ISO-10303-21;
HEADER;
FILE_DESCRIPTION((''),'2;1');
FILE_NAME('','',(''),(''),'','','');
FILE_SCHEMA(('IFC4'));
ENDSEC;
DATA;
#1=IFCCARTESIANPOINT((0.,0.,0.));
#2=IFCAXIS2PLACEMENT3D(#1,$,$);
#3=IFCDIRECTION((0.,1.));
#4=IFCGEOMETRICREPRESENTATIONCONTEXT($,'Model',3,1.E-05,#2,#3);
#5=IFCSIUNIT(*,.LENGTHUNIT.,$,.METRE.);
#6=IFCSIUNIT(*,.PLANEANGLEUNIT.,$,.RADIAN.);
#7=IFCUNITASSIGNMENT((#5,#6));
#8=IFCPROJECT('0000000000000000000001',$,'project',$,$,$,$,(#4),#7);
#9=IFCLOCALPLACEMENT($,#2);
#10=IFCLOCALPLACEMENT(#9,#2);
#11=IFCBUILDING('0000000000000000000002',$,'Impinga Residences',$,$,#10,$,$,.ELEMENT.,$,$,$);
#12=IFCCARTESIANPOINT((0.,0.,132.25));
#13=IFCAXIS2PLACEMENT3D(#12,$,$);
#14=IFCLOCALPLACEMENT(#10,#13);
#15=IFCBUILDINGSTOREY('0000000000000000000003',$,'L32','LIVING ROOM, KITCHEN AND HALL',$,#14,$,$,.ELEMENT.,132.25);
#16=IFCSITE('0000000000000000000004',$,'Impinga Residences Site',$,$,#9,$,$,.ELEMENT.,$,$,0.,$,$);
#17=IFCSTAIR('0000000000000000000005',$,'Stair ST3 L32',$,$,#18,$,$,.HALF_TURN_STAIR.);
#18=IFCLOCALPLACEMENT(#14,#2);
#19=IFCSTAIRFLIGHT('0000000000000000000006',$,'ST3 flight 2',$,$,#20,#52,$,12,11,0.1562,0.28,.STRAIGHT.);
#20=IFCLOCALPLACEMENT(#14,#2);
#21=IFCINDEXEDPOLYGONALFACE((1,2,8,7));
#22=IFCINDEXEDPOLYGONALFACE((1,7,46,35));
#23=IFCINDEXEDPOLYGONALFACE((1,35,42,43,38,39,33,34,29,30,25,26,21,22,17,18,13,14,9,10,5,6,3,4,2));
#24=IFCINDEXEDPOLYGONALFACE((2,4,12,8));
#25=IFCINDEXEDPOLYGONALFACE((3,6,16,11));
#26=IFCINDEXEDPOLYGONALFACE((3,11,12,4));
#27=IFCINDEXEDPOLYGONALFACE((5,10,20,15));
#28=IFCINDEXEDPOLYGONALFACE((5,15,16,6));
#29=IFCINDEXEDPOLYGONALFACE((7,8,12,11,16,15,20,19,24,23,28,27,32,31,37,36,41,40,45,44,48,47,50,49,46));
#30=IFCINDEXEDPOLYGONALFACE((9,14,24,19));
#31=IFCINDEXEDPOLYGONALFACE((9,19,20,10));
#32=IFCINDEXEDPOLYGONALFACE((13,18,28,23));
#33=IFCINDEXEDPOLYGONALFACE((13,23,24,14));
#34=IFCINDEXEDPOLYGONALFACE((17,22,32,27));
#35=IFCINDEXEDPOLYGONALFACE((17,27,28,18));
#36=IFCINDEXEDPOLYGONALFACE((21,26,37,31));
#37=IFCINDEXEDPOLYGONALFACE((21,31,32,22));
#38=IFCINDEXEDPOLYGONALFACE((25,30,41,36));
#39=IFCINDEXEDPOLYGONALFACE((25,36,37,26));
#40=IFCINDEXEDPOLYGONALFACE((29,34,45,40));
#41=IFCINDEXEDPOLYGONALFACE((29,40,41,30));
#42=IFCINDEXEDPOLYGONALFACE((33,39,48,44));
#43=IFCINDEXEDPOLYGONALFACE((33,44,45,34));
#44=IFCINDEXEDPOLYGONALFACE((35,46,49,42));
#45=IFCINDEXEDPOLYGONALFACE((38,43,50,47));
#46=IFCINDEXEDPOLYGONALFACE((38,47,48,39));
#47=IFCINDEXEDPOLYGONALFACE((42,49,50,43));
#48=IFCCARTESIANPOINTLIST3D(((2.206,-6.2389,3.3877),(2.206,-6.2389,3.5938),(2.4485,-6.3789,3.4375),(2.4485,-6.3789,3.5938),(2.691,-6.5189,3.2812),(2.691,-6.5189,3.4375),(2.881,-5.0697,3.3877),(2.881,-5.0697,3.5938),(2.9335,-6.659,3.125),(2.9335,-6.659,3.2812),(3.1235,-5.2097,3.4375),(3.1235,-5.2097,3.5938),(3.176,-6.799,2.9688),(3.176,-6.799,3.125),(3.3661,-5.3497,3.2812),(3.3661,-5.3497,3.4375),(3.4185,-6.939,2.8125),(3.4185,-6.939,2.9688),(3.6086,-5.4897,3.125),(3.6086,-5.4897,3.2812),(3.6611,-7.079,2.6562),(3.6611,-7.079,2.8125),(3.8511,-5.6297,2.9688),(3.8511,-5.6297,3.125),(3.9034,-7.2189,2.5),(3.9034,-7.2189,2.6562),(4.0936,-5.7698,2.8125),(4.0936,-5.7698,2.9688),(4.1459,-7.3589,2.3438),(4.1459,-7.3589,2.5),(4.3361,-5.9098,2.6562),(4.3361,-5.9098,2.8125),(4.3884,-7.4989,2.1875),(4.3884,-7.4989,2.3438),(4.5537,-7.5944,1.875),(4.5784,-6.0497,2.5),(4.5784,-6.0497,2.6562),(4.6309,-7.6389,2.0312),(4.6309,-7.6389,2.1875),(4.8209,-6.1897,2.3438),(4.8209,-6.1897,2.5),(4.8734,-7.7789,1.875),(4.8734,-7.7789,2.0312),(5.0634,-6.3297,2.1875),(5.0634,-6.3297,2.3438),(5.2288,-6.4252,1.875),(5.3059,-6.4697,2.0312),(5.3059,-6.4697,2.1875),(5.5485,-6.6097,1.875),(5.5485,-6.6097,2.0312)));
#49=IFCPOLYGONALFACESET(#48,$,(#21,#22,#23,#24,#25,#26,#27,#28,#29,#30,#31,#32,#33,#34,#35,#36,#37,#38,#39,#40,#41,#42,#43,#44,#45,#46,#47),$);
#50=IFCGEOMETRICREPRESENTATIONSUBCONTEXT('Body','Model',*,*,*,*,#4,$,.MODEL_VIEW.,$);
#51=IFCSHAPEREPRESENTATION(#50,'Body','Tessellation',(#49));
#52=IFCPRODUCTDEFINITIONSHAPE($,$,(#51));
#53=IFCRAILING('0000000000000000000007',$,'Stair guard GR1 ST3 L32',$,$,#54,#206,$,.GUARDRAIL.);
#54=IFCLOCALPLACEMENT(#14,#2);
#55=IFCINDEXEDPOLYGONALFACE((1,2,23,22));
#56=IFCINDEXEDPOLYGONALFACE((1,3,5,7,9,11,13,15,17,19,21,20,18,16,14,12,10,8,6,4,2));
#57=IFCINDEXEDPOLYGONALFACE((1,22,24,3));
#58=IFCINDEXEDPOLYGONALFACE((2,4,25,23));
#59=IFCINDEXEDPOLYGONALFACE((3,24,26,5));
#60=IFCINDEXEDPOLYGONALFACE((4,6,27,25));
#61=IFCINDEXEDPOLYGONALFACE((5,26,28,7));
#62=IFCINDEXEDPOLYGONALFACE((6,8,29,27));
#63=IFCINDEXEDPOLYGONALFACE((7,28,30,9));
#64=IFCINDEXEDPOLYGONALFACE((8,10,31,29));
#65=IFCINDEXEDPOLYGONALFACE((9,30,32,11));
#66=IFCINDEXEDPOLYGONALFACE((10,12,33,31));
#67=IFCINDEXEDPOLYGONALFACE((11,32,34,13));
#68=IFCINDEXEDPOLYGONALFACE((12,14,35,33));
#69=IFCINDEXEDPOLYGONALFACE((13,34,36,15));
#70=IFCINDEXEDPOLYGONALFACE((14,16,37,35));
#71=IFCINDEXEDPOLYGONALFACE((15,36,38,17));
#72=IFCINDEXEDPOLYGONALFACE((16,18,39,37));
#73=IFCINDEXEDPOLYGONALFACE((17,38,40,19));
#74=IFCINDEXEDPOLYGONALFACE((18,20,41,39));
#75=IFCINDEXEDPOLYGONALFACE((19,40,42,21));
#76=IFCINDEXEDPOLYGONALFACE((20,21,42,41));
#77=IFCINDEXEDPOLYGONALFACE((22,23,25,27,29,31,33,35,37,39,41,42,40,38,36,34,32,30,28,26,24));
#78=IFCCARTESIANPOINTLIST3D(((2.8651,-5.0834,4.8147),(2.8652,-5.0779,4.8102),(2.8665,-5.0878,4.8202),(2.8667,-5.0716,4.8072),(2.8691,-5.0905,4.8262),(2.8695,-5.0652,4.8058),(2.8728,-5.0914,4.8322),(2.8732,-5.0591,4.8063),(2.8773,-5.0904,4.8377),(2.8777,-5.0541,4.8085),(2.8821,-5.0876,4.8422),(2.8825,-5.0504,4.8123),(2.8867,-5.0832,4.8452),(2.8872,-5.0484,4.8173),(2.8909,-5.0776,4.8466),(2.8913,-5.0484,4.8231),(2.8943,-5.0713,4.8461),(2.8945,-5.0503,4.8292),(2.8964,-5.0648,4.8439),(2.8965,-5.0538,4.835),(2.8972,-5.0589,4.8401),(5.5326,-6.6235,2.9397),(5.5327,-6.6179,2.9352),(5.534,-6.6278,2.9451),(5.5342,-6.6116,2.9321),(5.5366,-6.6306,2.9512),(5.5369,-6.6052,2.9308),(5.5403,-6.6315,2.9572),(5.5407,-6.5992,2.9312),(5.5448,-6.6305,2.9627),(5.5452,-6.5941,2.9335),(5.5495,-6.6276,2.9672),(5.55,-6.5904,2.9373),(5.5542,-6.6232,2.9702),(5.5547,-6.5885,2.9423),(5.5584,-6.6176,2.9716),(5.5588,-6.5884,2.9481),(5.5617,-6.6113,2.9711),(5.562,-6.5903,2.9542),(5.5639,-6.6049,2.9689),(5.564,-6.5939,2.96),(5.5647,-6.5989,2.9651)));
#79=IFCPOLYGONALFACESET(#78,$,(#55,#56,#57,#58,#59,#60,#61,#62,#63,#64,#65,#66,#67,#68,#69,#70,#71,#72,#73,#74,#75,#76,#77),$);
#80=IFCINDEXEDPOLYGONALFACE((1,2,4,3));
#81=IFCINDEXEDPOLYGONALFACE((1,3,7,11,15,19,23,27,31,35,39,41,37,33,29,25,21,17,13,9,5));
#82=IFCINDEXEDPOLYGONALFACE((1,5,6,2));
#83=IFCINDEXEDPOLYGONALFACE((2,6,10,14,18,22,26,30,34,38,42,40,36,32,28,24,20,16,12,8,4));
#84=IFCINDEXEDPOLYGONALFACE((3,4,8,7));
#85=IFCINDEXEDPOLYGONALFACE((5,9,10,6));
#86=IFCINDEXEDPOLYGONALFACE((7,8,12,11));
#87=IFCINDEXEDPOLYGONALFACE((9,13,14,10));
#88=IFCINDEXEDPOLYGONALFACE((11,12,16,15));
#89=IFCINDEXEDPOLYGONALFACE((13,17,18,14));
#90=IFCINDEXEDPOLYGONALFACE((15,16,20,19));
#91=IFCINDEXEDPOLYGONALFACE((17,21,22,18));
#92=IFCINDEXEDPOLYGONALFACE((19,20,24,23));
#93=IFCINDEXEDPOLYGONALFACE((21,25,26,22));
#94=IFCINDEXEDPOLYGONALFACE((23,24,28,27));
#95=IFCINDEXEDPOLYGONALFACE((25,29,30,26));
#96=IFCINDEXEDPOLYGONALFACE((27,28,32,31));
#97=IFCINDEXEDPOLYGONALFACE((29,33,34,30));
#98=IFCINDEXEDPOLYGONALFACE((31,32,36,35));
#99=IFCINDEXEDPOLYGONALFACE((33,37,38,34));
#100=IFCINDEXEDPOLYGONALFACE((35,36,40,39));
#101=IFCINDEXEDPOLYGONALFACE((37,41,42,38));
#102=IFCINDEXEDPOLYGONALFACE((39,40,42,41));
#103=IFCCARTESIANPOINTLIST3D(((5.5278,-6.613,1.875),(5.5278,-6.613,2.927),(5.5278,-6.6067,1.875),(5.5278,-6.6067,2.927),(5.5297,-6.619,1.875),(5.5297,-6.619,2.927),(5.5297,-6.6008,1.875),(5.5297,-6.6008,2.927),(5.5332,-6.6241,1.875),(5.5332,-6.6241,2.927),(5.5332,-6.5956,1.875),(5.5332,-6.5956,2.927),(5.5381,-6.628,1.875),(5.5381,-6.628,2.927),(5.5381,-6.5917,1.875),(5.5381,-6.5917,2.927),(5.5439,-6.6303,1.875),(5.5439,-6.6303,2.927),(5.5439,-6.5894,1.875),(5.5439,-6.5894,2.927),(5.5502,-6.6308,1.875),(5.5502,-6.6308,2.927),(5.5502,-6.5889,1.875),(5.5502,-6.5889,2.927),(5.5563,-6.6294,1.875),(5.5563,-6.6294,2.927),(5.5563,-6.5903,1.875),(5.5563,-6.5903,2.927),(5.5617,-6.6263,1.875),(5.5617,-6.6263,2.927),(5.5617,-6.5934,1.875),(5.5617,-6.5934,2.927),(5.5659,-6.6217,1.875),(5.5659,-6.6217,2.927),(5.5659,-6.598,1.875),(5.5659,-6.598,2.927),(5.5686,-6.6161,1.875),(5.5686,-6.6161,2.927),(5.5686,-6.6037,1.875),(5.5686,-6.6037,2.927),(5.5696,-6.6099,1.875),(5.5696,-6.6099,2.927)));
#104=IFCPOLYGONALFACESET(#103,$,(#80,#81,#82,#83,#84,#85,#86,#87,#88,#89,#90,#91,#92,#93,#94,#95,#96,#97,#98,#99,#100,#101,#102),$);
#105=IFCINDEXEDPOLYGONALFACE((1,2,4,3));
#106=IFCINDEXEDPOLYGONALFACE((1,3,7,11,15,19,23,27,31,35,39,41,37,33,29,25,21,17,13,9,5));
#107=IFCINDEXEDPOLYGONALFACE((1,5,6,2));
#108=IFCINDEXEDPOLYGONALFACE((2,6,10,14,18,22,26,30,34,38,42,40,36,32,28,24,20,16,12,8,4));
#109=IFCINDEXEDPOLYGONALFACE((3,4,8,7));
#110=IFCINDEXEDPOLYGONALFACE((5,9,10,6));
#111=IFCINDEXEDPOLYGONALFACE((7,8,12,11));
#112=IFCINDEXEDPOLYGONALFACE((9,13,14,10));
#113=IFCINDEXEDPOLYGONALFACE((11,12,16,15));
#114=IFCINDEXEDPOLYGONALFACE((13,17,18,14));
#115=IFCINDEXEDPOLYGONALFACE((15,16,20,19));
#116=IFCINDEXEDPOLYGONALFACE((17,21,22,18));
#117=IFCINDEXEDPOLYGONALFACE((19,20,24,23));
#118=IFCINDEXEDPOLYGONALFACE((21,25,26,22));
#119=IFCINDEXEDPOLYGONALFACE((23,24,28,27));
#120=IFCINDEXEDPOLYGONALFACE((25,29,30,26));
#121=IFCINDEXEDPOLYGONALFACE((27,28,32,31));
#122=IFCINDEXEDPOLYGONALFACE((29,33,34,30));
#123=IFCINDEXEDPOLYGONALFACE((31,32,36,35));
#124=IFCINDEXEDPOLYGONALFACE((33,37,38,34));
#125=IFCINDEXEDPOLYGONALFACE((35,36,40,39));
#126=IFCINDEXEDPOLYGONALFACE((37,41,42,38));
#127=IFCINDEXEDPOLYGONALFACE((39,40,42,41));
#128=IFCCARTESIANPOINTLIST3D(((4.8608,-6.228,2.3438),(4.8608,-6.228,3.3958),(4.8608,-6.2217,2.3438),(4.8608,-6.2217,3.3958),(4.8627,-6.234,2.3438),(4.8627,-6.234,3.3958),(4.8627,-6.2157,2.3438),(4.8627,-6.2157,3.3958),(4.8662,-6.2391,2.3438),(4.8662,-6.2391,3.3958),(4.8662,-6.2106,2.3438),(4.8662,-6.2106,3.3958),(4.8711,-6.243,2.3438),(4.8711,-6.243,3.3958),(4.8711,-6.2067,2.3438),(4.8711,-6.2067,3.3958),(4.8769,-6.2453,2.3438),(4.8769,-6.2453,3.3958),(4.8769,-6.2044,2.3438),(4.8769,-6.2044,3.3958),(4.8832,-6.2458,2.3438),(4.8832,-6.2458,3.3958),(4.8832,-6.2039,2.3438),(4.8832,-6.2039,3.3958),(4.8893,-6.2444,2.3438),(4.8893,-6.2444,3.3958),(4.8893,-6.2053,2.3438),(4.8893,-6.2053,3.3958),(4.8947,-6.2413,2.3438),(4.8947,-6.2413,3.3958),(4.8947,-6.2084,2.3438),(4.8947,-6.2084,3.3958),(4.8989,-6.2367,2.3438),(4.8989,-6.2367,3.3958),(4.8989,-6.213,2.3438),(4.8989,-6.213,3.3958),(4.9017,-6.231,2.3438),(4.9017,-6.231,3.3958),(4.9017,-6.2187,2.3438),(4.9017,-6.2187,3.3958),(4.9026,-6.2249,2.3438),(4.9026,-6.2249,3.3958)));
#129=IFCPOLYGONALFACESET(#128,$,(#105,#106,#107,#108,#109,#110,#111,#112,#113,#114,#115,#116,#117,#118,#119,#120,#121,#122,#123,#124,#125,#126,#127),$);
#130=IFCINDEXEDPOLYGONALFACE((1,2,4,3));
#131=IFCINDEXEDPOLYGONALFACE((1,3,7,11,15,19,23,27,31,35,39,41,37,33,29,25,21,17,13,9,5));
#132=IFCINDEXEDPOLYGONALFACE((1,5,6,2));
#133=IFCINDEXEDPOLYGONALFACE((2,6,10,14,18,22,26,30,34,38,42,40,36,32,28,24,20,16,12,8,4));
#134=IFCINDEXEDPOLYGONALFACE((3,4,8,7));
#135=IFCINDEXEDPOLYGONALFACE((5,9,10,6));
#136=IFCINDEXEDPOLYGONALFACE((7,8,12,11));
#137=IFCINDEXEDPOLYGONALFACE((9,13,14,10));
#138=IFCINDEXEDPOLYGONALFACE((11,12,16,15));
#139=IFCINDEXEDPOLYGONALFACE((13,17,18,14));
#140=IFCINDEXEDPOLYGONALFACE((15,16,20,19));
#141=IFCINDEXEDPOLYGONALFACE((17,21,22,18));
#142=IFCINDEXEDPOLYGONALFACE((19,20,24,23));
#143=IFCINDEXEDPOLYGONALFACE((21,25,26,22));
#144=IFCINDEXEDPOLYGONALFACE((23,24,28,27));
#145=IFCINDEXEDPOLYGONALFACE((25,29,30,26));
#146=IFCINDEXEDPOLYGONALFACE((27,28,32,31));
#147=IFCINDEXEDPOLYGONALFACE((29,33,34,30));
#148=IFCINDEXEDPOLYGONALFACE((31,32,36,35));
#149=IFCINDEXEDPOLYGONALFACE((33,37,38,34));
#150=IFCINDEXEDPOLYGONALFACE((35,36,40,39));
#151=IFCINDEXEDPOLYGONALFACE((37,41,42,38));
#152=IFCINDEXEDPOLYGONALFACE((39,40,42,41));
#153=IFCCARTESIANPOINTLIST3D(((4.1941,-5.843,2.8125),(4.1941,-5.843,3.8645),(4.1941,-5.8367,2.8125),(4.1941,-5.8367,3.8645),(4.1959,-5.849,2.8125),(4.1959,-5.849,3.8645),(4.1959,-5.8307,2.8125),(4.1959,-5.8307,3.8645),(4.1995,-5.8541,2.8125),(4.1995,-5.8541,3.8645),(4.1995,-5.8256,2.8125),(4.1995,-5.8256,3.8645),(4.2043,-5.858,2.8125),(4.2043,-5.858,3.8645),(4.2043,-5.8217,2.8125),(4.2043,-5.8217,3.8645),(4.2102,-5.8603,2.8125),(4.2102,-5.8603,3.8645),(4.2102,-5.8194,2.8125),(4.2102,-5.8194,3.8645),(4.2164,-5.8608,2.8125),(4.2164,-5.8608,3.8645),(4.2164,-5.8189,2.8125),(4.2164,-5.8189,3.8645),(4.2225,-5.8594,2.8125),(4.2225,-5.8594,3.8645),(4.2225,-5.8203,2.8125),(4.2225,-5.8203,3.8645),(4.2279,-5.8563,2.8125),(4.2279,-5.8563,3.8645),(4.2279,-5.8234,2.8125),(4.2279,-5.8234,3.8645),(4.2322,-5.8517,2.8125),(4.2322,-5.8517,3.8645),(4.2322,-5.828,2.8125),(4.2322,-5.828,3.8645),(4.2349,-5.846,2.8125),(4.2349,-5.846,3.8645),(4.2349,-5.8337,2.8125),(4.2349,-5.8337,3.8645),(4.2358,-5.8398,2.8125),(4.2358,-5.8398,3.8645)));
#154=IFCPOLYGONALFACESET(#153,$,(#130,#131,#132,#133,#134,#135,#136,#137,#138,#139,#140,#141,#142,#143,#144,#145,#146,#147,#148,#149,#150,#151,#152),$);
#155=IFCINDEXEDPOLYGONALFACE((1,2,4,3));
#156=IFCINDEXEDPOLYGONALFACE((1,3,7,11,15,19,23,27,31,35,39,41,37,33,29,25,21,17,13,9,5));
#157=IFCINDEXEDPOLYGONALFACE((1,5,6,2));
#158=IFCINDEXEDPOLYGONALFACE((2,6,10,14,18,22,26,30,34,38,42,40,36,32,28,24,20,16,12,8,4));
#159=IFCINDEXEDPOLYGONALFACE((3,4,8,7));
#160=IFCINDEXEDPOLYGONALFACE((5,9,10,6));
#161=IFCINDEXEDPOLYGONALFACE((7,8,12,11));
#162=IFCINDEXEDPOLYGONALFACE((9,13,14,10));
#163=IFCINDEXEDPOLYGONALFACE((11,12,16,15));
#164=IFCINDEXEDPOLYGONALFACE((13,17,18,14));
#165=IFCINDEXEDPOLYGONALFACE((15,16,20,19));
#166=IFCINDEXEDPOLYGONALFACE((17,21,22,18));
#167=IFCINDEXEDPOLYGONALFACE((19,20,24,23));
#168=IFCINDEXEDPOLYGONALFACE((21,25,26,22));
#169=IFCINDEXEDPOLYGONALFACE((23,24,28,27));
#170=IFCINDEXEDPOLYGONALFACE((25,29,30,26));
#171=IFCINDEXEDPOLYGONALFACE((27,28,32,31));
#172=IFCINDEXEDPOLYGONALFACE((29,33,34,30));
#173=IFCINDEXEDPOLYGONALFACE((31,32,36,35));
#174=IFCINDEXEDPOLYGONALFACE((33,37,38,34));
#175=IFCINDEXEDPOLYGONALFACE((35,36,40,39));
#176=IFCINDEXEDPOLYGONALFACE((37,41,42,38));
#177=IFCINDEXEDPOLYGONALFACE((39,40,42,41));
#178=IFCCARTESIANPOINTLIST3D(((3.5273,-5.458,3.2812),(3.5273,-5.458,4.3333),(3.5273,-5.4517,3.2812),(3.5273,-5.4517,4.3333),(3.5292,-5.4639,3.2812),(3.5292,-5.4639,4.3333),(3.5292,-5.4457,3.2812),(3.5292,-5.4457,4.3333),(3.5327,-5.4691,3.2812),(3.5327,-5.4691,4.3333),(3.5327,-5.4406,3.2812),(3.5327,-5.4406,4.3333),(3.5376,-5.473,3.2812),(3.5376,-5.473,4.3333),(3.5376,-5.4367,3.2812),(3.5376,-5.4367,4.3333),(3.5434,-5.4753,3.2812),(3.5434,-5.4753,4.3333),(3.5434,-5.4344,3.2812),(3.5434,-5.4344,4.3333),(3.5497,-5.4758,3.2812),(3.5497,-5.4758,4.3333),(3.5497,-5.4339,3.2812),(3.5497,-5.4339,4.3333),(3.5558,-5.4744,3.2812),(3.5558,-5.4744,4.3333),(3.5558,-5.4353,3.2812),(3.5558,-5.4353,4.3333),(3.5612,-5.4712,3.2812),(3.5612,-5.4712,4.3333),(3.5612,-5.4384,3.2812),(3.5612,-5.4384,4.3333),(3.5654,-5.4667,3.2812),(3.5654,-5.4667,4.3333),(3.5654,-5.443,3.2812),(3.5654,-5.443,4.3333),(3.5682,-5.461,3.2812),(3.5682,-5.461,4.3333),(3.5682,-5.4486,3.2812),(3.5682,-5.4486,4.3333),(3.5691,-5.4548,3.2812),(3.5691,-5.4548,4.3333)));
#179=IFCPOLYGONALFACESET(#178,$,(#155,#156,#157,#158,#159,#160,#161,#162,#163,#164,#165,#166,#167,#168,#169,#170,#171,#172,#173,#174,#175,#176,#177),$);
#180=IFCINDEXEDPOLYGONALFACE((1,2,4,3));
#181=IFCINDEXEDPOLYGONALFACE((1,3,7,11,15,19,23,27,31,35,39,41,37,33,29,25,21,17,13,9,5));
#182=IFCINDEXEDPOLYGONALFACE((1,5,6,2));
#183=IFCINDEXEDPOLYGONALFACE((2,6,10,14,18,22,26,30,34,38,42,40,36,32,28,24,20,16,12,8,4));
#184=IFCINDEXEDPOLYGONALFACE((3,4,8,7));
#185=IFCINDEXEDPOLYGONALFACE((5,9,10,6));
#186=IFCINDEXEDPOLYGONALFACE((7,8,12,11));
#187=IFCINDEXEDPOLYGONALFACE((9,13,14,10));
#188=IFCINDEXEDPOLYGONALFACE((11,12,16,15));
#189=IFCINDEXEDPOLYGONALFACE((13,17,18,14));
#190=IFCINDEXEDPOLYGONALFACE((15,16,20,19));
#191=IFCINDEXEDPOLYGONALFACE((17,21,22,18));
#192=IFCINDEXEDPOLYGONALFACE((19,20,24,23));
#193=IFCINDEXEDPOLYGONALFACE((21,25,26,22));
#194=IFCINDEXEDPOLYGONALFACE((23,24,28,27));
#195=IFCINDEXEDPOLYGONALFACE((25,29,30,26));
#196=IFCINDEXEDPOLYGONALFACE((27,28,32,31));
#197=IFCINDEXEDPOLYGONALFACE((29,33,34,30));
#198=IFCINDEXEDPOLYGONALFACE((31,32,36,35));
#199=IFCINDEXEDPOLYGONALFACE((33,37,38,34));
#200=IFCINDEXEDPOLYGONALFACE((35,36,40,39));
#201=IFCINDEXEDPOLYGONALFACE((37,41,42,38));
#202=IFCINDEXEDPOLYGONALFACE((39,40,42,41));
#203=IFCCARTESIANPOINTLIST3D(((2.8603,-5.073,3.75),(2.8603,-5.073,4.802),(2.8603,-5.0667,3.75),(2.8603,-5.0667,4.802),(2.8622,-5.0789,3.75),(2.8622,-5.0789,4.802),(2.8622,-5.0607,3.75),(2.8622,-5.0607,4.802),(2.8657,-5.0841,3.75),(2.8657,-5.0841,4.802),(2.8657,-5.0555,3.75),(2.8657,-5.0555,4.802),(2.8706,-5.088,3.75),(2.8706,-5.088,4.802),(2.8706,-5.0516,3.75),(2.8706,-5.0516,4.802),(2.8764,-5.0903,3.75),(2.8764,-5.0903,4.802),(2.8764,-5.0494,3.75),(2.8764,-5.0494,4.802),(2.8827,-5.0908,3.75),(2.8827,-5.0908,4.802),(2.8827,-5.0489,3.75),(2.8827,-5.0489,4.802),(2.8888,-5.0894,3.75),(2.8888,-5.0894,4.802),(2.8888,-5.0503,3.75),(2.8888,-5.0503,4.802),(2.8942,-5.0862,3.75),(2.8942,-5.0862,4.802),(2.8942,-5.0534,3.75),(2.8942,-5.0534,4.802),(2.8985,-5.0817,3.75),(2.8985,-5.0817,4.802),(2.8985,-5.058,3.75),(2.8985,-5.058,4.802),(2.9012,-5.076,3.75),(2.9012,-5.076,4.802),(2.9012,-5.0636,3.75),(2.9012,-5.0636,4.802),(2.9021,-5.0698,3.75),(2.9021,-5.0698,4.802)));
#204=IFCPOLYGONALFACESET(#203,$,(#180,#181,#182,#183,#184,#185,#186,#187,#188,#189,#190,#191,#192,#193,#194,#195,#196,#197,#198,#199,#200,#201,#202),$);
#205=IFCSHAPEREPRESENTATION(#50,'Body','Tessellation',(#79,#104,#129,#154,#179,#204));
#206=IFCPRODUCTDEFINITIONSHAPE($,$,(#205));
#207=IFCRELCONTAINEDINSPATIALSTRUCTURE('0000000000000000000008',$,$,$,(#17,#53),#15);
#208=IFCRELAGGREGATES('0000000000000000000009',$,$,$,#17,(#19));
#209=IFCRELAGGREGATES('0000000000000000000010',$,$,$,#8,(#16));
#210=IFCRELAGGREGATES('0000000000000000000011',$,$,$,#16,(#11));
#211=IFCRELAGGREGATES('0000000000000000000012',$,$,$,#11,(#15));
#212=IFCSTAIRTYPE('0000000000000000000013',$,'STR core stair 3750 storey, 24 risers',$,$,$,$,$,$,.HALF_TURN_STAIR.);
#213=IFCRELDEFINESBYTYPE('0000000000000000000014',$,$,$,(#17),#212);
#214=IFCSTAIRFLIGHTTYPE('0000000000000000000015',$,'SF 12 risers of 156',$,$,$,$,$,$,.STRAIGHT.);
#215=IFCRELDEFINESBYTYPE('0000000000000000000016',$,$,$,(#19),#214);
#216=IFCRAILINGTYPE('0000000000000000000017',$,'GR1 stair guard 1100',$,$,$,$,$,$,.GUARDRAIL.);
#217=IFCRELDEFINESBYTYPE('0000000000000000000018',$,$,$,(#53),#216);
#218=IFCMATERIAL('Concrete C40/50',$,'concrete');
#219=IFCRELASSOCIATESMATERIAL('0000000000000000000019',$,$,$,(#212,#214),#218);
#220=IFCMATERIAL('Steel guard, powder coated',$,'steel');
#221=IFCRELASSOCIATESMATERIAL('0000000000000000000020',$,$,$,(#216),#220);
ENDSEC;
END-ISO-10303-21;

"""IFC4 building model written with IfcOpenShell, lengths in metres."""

from ifc_helpers import new_model, si_unit, direction, frame, origin, origin_2d, place, context, subcontext, project, spatial, polyline, circle, outline, extrude, material, type_object, element, aggregate, save


model = new_model("IFC4")

# Units and contexts
model_context = context("Model", 3, precision=1e-05, world=origin(), true_north=direction((0.0, 1.0)))
body_context = subcontext(model_context, "Body", "Model", "MODEL_VIEW")
ifc_project = project(units=[si_unit("LENGTHUNIT", "METRE"), si_unit("PLANEANGLEUNIT", "RADIAN")], contexts=[model_context])

# Site, building, storey
site_placement = place(None, origin())
site = spatial("IfcSite", under=ifc_project, at=site_placement, Name="Impinga Residences Site", CompositionType="ELEMENT", RefElevation=0.0)
building_placement = place(site_placement, origin())
building = spatial("IfcBuilding", under=site, at=building_placement, Name="Impinga Residences", CompositionType="ELEMENT")
storey_placement = place(building_placement, frame((0.0, 0.0, 132.25)))
storey = spatial("IfcBuildingStorey", under=building, at=storey_placement, Name="L32", Description="LIVING ROOM, KITCHEN AND HALL", CompositionType="ELEMENT", Elevation=132.25)

# Stair, stair flight
ifc_material_1 = material(Name="Concrete C40/50", Category="concrete")
stair_type = type_object("IfcStairType", Name="STR core stair 3750 storey, 24 risers", PredefinedType="HALF_TURN_STAIR", material=ifc_material_1)
stair_placement = place(storey_placement, origin())
stair = element("IfcStair", 1, at=stair_placement, inside=storey, type_object=stair_type, Name="Stair ST3 L32", PredefinedType="HALF_TURN_STAIR")
stair_flight_type = type_object("IfcStairFlightType", Name="SF 12 risers of 156", PredefinedType="STRAIGHT", material=ifc_material_1)
stair_flight_1_placement = place(storey_placement, frame((5.2109, -7.1943, 1.875), z_axis=(0.0, 0.0, 1.0), x_axis=(-0.866025, 0.5, 0.0)))
stair_flight_1 = element("IfcStairFlight", 2, at=stair_flight_1_placement, type_object=stair_flight_type, Name="ST3 flight 2", NumberOfRisers=12, NumberOfTreads=11, PredefinedType="STRAIGHT", RiserHeight=0.1562, TreadLength=0.28, context=body_context, shape_type="SweptSolid", body=[
    extrude(outline(polyline([(0.0, 0.0), (0.0, 0.1562), (0.28, 0.1562), (0.28, 0.3125), (0.5601, 0.3125), (0.5601, 0.4688), (0.8401, 0.4688), (0.8401, 0.625), (1.1201, 0.625), (1.1201, 0.7812), (1.3999, 0.7812), (1.3999, 0.9375), (1.6799, 0.9375), (1.6799, 1.0938), (1.96, 1.0938), (1.96, 1.25), (2.24, 1.25), (2.24, 1.4062), (2.52, 1.4062), (2.52, 1.5625), (2.8, 1.5625), (2.8, 1.7188), (3.0801, 1.7188), (3.0801, 1.875), (3.0801, 1.5127), (0.3691, 0.0), (0.0, 0.0)])), frame((0.0, 0.675, 0.0), z_axis=(0.0, -1.0, 0.0), x_axis=(1.0, 0.0, 0.0)), (0.0, 0.0, 1.0), 1.3501),
])
aggregate(stair, [stair_flight_1])

# Railing
ifc_material_2 = material(Name="Steel guard, powder coated", Category="steel")
railing_type_1 = type_object("IfcRailingType", Name="GR1 stair guard 1100", PredefinedType="GUARDRAIL", material=ifc_material_2)
railing_1_placement = place(storey_placement, frame((5.5486, -6.6099, 1.875)))
element("IfcRailing", 3, at=railing_1_placement, inside=storey, type_object=railing_type_1, Name="Stair guard GR1 ST3 L32", PredefinedType="GUARDRAIL", context=body_context, shape_type="SweptSolid", body=[
    extrude(circle(Radius=0.0239, at=origin_2d()), frame((0.0, 0.0, 1.0762), z_axis=(-0.739746, 0.427084, 0.519975), x_axis=(-0.499992, -0.86603, 0.0)), (0.0, 0.0, 1.0), 3.606),
    extrude(circle(Radius=0.021, at=origin_2d()), origin(), (0.0, 0.0, 1.0), 1.052),
    extrude(circle(Radius=0.021, at=origin_2d()), frame((-0.667, 0.385, 0.4688)), (0.0, 0.0, 1.0), 1.052),
    extrude(circle(Radius=0.021, at=origin_2d()), frame((-1.3337, 0.77, 0.9375)), (0.0, 0.0, 1.0), 1.052),
    extrude(circle(Radius=0.021, at=origin_2d()), frame((-2.0005, 1.155, 1.4062)), (0.0, 0.0, 1.0), 1.052),
    extrude(circle(Radius=0.021, at=origin_2d()), frame((-2.6675, 1.54, 1.875)), (0.0, 0.0, 1.0), 1.052),
])

save(model, "model.ifc")
